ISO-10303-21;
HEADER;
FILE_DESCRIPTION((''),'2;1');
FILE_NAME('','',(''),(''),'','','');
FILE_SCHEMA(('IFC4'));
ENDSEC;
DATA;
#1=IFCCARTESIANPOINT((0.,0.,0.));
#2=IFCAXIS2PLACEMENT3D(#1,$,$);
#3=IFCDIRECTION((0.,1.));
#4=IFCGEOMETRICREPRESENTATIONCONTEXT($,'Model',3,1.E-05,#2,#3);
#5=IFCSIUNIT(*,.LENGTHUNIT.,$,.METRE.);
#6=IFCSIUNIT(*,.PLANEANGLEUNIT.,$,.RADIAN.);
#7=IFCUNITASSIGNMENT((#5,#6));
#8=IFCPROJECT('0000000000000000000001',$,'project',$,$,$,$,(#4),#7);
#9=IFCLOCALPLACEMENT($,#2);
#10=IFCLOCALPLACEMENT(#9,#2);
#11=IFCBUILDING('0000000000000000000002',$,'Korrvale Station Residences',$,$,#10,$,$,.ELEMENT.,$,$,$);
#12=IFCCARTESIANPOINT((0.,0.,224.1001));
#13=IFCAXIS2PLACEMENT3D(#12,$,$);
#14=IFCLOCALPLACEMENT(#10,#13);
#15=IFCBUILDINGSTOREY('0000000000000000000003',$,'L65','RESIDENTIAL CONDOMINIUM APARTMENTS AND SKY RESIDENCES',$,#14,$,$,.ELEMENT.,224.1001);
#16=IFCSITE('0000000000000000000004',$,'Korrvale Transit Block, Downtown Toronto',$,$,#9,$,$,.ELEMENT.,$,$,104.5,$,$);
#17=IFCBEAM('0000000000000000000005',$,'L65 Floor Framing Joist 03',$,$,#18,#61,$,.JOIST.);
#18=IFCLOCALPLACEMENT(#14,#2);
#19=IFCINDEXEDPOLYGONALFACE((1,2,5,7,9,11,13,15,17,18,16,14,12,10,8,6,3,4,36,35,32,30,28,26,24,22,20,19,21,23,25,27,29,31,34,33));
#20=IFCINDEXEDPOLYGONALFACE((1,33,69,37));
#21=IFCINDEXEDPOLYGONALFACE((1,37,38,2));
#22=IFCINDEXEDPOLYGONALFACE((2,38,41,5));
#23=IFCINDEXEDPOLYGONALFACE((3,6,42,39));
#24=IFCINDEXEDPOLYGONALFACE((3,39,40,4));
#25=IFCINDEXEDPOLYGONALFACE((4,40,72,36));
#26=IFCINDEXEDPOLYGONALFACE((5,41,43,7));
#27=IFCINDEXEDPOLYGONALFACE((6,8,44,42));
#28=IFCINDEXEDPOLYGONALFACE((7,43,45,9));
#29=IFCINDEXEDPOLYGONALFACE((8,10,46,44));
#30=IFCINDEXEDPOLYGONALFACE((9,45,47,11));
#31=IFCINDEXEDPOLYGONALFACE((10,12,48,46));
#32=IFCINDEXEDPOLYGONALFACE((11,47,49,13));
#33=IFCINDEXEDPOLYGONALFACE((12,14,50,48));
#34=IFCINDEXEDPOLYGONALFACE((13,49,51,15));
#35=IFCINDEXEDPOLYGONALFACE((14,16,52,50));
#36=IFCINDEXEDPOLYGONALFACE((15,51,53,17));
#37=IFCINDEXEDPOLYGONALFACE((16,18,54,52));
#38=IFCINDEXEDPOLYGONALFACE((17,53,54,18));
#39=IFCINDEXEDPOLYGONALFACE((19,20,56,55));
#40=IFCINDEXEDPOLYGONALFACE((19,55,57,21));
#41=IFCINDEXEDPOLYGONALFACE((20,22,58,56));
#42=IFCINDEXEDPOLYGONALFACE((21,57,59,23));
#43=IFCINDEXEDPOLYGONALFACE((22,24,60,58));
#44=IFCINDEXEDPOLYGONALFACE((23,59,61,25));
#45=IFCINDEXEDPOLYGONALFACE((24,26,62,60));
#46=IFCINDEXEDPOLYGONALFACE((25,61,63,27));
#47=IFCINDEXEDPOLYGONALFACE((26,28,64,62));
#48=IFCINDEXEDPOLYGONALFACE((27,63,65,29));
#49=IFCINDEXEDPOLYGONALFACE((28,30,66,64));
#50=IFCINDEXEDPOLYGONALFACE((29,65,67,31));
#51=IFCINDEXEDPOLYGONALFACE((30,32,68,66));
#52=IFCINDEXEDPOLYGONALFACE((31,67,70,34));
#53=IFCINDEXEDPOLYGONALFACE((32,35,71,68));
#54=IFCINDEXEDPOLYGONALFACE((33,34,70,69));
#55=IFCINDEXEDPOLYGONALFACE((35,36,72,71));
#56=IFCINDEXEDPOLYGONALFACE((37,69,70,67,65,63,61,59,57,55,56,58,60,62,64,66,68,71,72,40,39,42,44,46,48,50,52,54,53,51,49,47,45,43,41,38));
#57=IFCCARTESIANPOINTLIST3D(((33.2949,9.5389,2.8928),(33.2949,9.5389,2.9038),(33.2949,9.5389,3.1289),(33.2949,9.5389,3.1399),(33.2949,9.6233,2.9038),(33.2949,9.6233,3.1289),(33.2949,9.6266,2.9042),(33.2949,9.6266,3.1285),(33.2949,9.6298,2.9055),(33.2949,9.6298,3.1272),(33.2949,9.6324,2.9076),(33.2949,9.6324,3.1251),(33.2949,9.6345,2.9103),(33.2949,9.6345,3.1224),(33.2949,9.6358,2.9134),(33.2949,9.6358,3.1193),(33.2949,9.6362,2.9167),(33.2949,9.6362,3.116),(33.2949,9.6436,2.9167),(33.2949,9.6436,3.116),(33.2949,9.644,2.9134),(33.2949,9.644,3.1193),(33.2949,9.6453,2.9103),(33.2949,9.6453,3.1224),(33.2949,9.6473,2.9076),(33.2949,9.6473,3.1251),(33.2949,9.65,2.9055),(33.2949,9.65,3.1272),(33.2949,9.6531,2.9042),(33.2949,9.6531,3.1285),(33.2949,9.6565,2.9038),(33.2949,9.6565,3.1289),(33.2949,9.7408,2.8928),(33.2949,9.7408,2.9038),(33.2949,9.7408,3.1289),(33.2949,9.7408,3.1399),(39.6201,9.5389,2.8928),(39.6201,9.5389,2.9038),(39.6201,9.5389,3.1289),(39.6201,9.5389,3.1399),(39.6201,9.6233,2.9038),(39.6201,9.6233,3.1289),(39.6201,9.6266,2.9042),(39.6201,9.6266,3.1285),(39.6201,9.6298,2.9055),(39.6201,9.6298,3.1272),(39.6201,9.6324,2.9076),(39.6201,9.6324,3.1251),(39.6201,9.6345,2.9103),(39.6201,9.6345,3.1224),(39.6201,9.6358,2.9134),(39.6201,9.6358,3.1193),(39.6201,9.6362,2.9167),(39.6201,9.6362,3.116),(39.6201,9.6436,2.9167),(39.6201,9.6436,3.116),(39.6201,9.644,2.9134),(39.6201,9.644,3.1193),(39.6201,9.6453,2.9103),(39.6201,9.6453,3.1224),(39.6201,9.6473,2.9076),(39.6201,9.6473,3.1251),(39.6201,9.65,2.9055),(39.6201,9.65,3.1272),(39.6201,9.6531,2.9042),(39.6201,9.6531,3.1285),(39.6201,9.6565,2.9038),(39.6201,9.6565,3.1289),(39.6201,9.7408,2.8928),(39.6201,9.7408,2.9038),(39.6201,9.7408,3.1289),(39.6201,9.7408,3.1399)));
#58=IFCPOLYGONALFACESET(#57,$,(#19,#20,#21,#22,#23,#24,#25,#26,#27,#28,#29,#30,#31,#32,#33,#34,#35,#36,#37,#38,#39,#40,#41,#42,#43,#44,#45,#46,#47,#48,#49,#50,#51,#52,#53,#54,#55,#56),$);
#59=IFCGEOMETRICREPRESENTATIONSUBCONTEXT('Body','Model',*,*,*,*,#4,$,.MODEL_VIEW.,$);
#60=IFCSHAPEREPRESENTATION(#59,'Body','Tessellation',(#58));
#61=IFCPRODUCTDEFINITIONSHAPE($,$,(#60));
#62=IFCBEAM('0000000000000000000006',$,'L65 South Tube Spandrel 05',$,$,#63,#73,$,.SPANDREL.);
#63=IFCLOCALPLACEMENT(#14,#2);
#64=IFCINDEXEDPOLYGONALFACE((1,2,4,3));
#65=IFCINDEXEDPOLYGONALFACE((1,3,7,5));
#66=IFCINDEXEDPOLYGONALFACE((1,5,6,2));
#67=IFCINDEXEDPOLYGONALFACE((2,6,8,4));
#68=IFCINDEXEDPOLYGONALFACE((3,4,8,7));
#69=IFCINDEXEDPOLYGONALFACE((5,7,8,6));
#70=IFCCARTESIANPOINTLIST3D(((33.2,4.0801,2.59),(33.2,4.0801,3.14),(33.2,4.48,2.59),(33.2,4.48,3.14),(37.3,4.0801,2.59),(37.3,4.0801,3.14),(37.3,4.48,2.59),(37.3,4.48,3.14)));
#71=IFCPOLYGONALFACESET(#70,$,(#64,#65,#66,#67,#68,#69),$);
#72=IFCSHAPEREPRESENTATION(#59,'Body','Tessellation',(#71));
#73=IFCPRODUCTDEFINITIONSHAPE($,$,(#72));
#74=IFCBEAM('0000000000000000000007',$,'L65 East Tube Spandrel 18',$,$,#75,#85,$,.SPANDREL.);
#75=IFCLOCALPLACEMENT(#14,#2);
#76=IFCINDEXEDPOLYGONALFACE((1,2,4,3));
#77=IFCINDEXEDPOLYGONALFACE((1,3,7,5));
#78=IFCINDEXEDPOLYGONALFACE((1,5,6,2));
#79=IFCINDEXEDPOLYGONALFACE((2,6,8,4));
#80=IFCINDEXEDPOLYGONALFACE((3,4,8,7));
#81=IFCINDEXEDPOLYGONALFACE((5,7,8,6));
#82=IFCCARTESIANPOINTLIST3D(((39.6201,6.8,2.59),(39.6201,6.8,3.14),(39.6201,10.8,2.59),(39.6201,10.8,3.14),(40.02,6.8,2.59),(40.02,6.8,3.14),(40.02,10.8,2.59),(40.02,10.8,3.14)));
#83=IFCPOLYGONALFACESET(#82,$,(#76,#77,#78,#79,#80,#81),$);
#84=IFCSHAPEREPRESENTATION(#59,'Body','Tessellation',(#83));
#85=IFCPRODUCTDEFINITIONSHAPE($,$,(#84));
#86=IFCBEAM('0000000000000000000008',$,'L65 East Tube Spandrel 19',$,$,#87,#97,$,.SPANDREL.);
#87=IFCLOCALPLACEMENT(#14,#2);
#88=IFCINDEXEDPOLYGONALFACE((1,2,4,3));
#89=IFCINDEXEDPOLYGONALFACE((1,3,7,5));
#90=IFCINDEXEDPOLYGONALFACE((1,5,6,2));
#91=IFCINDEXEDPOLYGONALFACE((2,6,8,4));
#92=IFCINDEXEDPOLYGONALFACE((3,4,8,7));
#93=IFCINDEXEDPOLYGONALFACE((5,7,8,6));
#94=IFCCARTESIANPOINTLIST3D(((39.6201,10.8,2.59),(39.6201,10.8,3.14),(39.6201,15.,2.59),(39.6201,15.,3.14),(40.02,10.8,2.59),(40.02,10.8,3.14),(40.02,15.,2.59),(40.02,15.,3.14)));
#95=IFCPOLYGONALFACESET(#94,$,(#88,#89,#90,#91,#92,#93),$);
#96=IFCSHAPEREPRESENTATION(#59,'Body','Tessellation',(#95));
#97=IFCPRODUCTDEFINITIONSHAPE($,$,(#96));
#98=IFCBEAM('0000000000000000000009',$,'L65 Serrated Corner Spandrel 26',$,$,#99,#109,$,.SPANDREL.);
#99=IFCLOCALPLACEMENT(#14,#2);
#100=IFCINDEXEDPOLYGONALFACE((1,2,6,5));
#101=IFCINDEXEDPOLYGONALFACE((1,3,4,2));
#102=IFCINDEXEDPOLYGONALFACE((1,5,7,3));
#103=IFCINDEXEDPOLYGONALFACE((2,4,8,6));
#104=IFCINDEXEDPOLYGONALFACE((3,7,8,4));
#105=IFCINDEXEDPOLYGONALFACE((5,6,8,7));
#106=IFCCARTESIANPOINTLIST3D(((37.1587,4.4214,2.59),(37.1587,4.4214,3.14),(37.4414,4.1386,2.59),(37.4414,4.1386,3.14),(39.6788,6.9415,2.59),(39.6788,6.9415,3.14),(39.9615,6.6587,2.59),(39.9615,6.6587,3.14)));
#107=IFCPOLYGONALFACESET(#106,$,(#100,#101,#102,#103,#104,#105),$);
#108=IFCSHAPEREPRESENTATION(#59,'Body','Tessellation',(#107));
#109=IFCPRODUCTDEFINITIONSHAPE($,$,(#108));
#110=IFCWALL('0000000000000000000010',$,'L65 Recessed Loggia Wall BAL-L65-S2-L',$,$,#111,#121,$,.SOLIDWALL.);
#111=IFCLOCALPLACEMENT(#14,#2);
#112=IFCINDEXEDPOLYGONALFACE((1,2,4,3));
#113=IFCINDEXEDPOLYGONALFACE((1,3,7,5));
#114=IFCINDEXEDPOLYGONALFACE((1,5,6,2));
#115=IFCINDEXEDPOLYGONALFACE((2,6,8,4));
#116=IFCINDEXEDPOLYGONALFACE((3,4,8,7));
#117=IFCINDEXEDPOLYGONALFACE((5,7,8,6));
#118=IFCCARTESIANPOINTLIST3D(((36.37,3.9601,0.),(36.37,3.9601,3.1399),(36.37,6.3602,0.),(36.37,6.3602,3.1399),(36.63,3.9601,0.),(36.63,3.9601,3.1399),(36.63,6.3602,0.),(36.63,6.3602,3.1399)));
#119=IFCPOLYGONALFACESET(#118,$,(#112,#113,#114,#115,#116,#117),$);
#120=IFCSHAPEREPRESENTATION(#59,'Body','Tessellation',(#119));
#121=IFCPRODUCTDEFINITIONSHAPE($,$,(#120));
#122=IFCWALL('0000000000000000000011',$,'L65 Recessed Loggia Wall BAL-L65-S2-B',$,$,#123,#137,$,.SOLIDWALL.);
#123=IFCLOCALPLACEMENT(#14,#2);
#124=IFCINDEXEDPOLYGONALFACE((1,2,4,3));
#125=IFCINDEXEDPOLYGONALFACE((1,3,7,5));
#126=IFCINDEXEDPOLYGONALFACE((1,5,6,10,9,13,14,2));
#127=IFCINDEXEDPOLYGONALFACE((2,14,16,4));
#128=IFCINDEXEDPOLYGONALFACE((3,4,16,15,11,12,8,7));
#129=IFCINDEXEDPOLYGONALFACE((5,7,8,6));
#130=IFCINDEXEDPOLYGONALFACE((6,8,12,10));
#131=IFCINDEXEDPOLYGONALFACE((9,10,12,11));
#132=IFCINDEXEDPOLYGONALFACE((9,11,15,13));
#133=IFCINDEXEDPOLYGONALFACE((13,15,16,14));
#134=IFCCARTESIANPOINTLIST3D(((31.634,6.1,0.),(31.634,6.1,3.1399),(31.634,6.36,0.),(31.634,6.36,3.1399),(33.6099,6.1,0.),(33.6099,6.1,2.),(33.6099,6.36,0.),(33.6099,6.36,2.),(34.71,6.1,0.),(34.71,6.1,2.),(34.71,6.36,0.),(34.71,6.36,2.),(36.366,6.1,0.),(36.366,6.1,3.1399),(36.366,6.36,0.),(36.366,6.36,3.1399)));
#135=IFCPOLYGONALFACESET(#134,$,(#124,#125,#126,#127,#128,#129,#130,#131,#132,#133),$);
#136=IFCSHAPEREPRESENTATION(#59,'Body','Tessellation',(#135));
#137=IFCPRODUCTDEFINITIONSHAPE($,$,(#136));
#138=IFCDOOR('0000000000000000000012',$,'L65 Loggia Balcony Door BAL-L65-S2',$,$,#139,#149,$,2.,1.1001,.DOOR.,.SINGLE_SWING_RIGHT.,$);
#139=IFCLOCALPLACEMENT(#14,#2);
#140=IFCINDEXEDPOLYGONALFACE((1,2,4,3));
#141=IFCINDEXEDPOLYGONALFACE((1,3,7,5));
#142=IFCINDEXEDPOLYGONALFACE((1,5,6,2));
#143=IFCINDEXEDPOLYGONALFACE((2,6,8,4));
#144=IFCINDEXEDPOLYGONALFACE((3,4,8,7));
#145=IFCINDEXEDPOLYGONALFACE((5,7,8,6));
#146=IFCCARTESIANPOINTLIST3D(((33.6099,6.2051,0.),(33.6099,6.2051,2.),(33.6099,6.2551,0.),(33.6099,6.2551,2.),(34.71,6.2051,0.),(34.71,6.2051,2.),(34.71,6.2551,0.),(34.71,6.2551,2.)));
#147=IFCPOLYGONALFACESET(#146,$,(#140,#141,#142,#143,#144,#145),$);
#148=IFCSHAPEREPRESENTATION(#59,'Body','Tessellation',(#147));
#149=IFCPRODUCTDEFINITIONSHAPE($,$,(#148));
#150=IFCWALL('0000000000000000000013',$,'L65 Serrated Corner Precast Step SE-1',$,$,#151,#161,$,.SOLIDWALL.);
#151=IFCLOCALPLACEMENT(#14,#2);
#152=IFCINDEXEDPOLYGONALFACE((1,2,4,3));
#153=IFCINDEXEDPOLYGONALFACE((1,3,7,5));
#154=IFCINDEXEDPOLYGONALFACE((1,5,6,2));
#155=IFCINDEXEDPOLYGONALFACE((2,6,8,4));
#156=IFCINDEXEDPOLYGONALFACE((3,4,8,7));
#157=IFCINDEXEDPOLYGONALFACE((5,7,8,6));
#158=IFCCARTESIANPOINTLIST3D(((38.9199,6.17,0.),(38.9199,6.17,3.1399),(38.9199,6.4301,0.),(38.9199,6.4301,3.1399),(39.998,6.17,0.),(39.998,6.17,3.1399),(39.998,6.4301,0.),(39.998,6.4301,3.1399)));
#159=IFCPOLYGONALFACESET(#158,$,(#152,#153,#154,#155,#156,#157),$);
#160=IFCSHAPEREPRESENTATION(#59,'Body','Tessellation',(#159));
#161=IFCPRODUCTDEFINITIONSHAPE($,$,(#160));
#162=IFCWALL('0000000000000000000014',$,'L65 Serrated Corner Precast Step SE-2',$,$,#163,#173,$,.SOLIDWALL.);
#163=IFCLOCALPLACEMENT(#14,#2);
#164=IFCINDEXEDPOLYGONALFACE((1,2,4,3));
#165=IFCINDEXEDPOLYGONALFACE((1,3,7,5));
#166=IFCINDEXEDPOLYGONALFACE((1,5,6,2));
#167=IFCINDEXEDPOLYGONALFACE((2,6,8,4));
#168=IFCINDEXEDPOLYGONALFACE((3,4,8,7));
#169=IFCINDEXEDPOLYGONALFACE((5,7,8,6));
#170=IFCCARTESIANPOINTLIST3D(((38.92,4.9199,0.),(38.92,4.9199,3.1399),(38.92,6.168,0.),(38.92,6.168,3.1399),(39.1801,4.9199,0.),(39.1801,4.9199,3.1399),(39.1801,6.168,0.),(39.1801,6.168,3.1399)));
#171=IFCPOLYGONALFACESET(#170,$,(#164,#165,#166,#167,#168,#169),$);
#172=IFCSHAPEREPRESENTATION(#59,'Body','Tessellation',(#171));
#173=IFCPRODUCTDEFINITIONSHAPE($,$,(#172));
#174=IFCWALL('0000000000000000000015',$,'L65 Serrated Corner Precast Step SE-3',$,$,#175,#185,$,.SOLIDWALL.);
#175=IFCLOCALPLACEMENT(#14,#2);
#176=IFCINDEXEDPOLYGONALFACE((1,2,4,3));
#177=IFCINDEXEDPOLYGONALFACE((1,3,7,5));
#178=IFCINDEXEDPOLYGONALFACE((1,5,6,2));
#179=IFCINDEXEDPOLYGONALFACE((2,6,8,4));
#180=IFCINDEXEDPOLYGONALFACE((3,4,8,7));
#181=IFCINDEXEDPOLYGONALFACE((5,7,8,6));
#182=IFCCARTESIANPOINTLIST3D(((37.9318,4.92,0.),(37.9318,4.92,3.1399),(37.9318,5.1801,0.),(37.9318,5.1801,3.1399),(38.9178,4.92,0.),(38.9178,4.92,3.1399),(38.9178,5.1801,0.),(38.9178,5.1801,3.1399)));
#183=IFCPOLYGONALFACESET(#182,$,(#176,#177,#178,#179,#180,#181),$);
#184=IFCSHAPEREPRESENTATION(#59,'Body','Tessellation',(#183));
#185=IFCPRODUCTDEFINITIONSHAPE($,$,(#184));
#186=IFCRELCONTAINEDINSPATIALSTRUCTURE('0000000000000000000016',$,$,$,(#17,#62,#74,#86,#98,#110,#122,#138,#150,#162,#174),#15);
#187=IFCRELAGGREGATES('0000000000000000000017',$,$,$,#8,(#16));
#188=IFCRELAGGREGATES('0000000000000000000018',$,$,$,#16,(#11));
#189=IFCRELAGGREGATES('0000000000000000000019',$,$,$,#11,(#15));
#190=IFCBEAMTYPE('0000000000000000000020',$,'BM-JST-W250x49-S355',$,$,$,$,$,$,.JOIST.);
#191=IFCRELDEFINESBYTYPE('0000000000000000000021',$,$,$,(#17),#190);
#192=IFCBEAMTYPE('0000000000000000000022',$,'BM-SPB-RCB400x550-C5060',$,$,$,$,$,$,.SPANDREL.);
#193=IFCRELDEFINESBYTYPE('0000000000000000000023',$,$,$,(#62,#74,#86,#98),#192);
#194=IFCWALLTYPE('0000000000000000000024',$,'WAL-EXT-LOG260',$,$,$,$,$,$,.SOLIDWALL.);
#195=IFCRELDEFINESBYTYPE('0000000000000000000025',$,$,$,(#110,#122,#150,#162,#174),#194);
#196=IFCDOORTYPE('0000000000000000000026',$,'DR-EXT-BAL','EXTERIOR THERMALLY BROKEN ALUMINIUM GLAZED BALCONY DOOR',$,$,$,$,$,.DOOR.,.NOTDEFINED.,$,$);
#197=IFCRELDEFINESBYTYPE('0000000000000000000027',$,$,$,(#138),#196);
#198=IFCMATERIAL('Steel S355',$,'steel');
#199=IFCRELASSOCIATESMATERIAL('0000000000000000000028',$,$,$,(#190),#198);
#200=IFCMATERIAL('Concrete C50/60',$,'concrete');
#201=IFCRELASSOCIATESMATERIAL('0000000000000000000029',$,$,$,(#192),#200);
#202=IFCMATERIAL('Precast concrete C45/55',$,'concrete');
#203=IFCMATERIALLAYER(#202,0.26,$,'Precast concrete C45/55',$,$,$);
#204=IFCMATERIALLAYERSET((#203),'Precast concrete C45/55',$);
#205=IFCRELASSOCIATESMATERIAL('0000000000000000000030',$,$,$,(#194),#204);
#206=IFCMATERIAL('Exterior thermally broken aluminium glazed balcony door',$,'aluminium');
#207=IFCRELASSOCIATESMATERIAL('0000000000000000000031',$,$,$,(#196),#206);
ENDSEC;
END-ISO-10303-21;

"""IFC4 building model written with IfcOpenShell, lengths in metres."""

from ifc_helpers import new_model, si_unit, direction, frame, frame_2d, origin, origin_2d, place, context, subcontext, project, spatial, rectangle, i_section, extrude, material, layer, layer_set, material_profile, profile_set, type_object, element, fill, save


model = new_model("IFC4")

# Units and contexts
model_context = context("Model", 3, precision=1e-05, world=origin(), true_north=direction((0.0, 1.0)))
body_context = subcontext(model_context, "Body", "Model", "MODEL_VIEW")
ifc_project = project(units=[si_unit("LENGTHUNIT", "METRE"), si_unit("PLANEANGLEUNIT", "RADIAN")], contexts=[model_context])

# Site, building, storey
site_placement = place(None, origin())
site = spatial("IfcSite", under=ifc_project, at=site_placement, Name="Korrvale Transit Block, Downtown Toronto", CompositionType="ELEMENT", RefElevation=104.5)
building_placement = place(site_placement, origin())
building = spatial("IfcBuilding", under=site, at=building_placement, Name="Korrvale Station Residences", CompositionType="ELEMENT")
storey_placement = place(building_placement, frame((0.0, 0.0, 224.1001)))
storey = spatial("IfcBuildingStorey", under=building, at=storey_placement, Name="L65", Description="RESIDENTIAL CONDOMINIUM APARTMENTS AND SKY RESIDENCES", CompositionType="ELEMENT", Elevation=224.1001)

# Shared definitions
ifc_material_1 = material(Name="Concrete C50/60", Category="concrete")

# Beams
ifc_material_2 = material(Name="Steel S355", Category="steel")
ifc_material_profile_1 = material_profile(ifc_material_2, i_section(OverallWidth=0.2019, OverallDepth=0.2471, WebThickness=0.0073, FlangeThickness=0.011, FilletRadius=0.0129, at=origin_2d()), Name="W250x49")
ifc_profile_set_1 = profile_set([ifc_material_profile_1], Name="Steel S355")
beam_type_1 = type_object("IfcBeamType", Name="BM-JST-W250x49-S355", PredefinedType="JOIST", material=ifc_profile_set_1)
beam_1_placement = place(storey_placement, frame((33.2949, 9.6399, 3.0164), z_axis=(1.0, 0.0, 0.0), x_axis=(0.0, 1.0, 0.0)))
element("IfcBeam", 1, at=beam_1_placement, inside=storey, type_object=beam_type_1, Name="L65 Floor Framing Joist 03", PredefinedType="JOIST", context=body_context, shape_type="SweptSolid", body=[
    extrude(i_section(OverallWidth=0.2019, OverallDepth=0.2471, WebThickness=0.0073, FlangeThickness=0.011, FilletRadius=0.0129, at=origin_2d()), origin(), (0.0, 0.0, 1.0), 6.3252),
])
ifc_material_profile_2 = material_profile(ifc_material_1, rectangle(XDim=0.3999, YDim=0.55, at=origin_2d()), Name="RCB400x550")
ifc_profile_set_2 = profile_set([ifc_material_profile_2], Name="Concrete C50/60")
beam_type_2 = type_object("IfcBeamType", Name="BM-SPB-RCB400x550-C5060", PredefinedType="SPANDREL", material=ifc_profile_set_2)
beam_2_placement = place(storey_placement, frame((33.2, 4.28, 2.865), z_axis=(1.0, 0.0, 0.0), x_axis=(0.0, 1.0, 0.0)))
element("IfcBeam", 2, at=beam_2_placement, inside=storey, type_object=beam_type_2, Name="L65 South Tube Spandrel 05", PredefinedType="SPANDREL", context=body_context, shape_type="SweptSolid", body=[
    extrude(rectangle(XDim=0.3999, YDim=0.55, at=origin_2d()), origin(), (0.0, 0.0, 1.0), 4.1001),
])
beam_3_placement = place(storey_placement, frame((39.8201, 6.8, 2.865), z_axis=(0.0, 1.0, 0.0), x_axis=(-1.0, 0.0, 0.0)))
element("IfcBeam", 3, at=beam_3_placement, inside=storey, type_object=beam_type_2, Name="L65 East Tube Spandrel 18", PredefinedType="SPANDREL", context=body_context, shape_type="SweptSolid", body=[
    extrude(rectangle(XDim=0.3999, YDim=0.55, at=origin_2d()), origin(), (0.0, 0.0, 1.0), 4.0),
])
beam_4_placement = place(storey_placement, frame((39.8201, 10.8, 2.865), z_axis=(0.0, 1.0, 0.0), x_axis=(-1.0, 0.0, 0.0)))
element("IfcBeam", 4, at=beam_4_placement, inside=storey, type_object=beam_type_2, Name="L65 East Tube Spandrel 19", PredefinedType="SPANDREL", context=body_context, shape_type="SweptSolid", body=[
    extrude(rectangle(XDim=0.3999, YDim=0.55, at=origin_2d()), origin(), (0.0, 0.0, 1.0), 4.2),
])
beam_5_placement = place(storey_placement, frame((37.3, 4.28, 2.865), z_axis=(0.707107, 0.707107, 0.0), x_axis=(-0.707107, 0.707107, 0.0)))
element("IfcBeam", 5, at=beam_5_placement, inside=storey, type_object=beam_type_2, Name="L65 Serrated Corner Spandrel 26", PredefinedType="SPANDREL", context=body_context, shape_type="SweptSolid", body=[
    extrude(rectangle(XDim=0.3999, YDim=0.55, at=origin_2d()), origin(), (0.0, 0.0, 1.0), 3.564),
])

# Wall
ifc_material_3 = material(Name="Precast concrete C45/55", Category="concrete")
ifc_layer_1 = layer(ifc_material_3, 0.26, Name="Precast concrete C45/55")
ifc_layer_set_1 = layer_set([ifc_layer_1], Name="Precast concrete C45/55")
wall_type_1 = type_object("IfcWallType", Name="WAL-EXT-LOG260", PredefinedType="SOLIDWALL", material=ifc_layer_set_1)
wall_1_placement = place(storey_placement, frame((36.5, 3.96, 0.0), z_axis=(0.0, 0.0, 1.0), x_axis=(0.0, 1.0, 0.0)))
element("IfcWall", 6, at=wall_1_placement, inside=storey, type_object=wall_type_1, Name="L65 Recessed Loggia Wall BAL-L65-S2-L", PredefinedType="SOLIDWALL", context=body_context, shape_type="SweptSolid", body=[
    extrude(rectangle(XDim=2.4001, YDim=0.26, at=frame_2d((1.2002, 0.0))), origin(), (0.0, 0.0, 1.0), 3.1399),
])

# Wall, opening, door
wall_2_placement = place(storey_placement, frame((36.366, 6.23, 0.0), z_axis=(0.0, 0.0, 1.0), x_axis=(-1.0, 0.0, 0.0)))
wall_2 = element("IfcWall", 7, at=wall_2_placement, inside=storey, type_object=wall_type_1, Name="L65 Recessed Loggia Wall BAL-L65-S2-B", PredefinedType="SOLIDWALL", context=body_context, shape_type="SweptSolid", body=[
    extrude(rectangle(XDim=4.7319, YDim=0.26, at=frame_2d((2.366, 0.0))), origin(), (0.0, 0.0, 1.0), 3.1399),
])
opening_1_placement = place(wall_2_placement, frame((1.656, 0.0, 0.0)))
opening_1 = element("IfcOpeningElement", 8, at=opening_1_placement, cuts=wall_2, PredefinedType="OPENING", context=body_context, shape_type="SweptSolid", body=[
    extrude(rectangle(XDim=1.1001, YDim=2.0, at=frame_2d((0.55, 1.0))), frame((0.0, 0.1401, 0.0), z_axis=(0.0, -1.0, 0.0), x_axis=(1.0, 0.0, 0.0)), (0.0, 0.0, 1.0), 0.28),
])
ifc_material_4 = material(Name="Exterior thermally broken aluminium glazed balcony door", Category="aluminium")
door_type_1 = type_object("IfcDoorType", Name="DR-EXT-BAL", Description="EXTERIOR THERMALLY BROKEN ALUMINIUM GLAZED BALCONY DOOR", OperationType="NOTDEFINED", PredefinedType="DOOR", material=ifc_material_4)
door_1_placement = place(opening_1_placement, origin())
door_1 = element("IfcDoor", 9, at=door_1_placement, inside=storey, type_object=door_type_1, Name="L65 Loggia Balcony Door BAL-L65-S2", OperationType="SINGLE_SWING_RIGHT", OverallHeight=2.0, OverallWidth=1.1001, PredefinedType="DOOR", context=body_context, shape_type="SweptSolid", body=[
    extrude(rectangle(XDim=1.1001, YDim=2.0, at=frame_2d((0.55, 1.0))), frame((0.0, 0.0249, 0.0), z_axis=(0.0, -1.0, 0.0), x_axis=(1.0, 0.0, 0.0)), (0.0, 0.0, 1.0), 0.05),
])
fill(opening_1, door_1)

# Walls
wall_3_placement = place(storey_placement, frame((39.998, 6.3, 0.0), z_axis=(0.0, 0.0, 1.0), x_axis=(-1.0, 0.0, 0.0)))
element("IfcWall", 10, at=wall_3_placement, inside=storey, type_object=wall_type_1, Name="L65 Serrated Corner Precast Step SE-1", PredefinedType="SOLIDWALL", context=body_context, shape_type="SweptSolid", body=[
    extrude(rectangle(XDim=1.0781, YDim=0.26, at=frame_2d((0.5391, 0.0))), origin(), (0.0, 0.0, 1.0), 3.1399),
])
wall_4_placement = place(storey_placement, frame((39.05, 6.168, 0.0), z_axis=(0.0, 0.0, 1.0), x_axis=(0.0, -1.0, 0.0)))
element("IfcWall", 11, at=wall_4_placement, inside=storey, type_object=wall_type_1, Name="L65 Serrated Corner Precast Step SE-2", PredefinedType="SOLIDWALL", context=body_context, shape_type="SweptSolid", body=[
    extrude(rectangle(XDim=1.248, YDim=0.26, at=frame_2d((0.624, 0.0))), origin(), (0.0, 0.0, 1.0), 3.1399),
])
wall_5_placement = place(storey_placement, frame((38.918, 5.05, 0.0), z_axis=(0.0, 0.0, 1.0), x_axis=(-1.0, 0.0, 0.0)))
element("IfcWall", 12, at=wall_5_placement, inside=storey, type_object=wall_type_1, Name="L65 Serrated Corner Precast Step SE-3", PredefinedType="SOLIDWALL", context=body_context, shape_type="SweptSolid", body=[
    extrude(rectangle(XDim=0.9861, YDim=0.26, at=frame_2d((0.4932, 0.0))), origin(), (0.0, 0.0, 1.0), 3.1399),
])

save(model, "model.ifc")
